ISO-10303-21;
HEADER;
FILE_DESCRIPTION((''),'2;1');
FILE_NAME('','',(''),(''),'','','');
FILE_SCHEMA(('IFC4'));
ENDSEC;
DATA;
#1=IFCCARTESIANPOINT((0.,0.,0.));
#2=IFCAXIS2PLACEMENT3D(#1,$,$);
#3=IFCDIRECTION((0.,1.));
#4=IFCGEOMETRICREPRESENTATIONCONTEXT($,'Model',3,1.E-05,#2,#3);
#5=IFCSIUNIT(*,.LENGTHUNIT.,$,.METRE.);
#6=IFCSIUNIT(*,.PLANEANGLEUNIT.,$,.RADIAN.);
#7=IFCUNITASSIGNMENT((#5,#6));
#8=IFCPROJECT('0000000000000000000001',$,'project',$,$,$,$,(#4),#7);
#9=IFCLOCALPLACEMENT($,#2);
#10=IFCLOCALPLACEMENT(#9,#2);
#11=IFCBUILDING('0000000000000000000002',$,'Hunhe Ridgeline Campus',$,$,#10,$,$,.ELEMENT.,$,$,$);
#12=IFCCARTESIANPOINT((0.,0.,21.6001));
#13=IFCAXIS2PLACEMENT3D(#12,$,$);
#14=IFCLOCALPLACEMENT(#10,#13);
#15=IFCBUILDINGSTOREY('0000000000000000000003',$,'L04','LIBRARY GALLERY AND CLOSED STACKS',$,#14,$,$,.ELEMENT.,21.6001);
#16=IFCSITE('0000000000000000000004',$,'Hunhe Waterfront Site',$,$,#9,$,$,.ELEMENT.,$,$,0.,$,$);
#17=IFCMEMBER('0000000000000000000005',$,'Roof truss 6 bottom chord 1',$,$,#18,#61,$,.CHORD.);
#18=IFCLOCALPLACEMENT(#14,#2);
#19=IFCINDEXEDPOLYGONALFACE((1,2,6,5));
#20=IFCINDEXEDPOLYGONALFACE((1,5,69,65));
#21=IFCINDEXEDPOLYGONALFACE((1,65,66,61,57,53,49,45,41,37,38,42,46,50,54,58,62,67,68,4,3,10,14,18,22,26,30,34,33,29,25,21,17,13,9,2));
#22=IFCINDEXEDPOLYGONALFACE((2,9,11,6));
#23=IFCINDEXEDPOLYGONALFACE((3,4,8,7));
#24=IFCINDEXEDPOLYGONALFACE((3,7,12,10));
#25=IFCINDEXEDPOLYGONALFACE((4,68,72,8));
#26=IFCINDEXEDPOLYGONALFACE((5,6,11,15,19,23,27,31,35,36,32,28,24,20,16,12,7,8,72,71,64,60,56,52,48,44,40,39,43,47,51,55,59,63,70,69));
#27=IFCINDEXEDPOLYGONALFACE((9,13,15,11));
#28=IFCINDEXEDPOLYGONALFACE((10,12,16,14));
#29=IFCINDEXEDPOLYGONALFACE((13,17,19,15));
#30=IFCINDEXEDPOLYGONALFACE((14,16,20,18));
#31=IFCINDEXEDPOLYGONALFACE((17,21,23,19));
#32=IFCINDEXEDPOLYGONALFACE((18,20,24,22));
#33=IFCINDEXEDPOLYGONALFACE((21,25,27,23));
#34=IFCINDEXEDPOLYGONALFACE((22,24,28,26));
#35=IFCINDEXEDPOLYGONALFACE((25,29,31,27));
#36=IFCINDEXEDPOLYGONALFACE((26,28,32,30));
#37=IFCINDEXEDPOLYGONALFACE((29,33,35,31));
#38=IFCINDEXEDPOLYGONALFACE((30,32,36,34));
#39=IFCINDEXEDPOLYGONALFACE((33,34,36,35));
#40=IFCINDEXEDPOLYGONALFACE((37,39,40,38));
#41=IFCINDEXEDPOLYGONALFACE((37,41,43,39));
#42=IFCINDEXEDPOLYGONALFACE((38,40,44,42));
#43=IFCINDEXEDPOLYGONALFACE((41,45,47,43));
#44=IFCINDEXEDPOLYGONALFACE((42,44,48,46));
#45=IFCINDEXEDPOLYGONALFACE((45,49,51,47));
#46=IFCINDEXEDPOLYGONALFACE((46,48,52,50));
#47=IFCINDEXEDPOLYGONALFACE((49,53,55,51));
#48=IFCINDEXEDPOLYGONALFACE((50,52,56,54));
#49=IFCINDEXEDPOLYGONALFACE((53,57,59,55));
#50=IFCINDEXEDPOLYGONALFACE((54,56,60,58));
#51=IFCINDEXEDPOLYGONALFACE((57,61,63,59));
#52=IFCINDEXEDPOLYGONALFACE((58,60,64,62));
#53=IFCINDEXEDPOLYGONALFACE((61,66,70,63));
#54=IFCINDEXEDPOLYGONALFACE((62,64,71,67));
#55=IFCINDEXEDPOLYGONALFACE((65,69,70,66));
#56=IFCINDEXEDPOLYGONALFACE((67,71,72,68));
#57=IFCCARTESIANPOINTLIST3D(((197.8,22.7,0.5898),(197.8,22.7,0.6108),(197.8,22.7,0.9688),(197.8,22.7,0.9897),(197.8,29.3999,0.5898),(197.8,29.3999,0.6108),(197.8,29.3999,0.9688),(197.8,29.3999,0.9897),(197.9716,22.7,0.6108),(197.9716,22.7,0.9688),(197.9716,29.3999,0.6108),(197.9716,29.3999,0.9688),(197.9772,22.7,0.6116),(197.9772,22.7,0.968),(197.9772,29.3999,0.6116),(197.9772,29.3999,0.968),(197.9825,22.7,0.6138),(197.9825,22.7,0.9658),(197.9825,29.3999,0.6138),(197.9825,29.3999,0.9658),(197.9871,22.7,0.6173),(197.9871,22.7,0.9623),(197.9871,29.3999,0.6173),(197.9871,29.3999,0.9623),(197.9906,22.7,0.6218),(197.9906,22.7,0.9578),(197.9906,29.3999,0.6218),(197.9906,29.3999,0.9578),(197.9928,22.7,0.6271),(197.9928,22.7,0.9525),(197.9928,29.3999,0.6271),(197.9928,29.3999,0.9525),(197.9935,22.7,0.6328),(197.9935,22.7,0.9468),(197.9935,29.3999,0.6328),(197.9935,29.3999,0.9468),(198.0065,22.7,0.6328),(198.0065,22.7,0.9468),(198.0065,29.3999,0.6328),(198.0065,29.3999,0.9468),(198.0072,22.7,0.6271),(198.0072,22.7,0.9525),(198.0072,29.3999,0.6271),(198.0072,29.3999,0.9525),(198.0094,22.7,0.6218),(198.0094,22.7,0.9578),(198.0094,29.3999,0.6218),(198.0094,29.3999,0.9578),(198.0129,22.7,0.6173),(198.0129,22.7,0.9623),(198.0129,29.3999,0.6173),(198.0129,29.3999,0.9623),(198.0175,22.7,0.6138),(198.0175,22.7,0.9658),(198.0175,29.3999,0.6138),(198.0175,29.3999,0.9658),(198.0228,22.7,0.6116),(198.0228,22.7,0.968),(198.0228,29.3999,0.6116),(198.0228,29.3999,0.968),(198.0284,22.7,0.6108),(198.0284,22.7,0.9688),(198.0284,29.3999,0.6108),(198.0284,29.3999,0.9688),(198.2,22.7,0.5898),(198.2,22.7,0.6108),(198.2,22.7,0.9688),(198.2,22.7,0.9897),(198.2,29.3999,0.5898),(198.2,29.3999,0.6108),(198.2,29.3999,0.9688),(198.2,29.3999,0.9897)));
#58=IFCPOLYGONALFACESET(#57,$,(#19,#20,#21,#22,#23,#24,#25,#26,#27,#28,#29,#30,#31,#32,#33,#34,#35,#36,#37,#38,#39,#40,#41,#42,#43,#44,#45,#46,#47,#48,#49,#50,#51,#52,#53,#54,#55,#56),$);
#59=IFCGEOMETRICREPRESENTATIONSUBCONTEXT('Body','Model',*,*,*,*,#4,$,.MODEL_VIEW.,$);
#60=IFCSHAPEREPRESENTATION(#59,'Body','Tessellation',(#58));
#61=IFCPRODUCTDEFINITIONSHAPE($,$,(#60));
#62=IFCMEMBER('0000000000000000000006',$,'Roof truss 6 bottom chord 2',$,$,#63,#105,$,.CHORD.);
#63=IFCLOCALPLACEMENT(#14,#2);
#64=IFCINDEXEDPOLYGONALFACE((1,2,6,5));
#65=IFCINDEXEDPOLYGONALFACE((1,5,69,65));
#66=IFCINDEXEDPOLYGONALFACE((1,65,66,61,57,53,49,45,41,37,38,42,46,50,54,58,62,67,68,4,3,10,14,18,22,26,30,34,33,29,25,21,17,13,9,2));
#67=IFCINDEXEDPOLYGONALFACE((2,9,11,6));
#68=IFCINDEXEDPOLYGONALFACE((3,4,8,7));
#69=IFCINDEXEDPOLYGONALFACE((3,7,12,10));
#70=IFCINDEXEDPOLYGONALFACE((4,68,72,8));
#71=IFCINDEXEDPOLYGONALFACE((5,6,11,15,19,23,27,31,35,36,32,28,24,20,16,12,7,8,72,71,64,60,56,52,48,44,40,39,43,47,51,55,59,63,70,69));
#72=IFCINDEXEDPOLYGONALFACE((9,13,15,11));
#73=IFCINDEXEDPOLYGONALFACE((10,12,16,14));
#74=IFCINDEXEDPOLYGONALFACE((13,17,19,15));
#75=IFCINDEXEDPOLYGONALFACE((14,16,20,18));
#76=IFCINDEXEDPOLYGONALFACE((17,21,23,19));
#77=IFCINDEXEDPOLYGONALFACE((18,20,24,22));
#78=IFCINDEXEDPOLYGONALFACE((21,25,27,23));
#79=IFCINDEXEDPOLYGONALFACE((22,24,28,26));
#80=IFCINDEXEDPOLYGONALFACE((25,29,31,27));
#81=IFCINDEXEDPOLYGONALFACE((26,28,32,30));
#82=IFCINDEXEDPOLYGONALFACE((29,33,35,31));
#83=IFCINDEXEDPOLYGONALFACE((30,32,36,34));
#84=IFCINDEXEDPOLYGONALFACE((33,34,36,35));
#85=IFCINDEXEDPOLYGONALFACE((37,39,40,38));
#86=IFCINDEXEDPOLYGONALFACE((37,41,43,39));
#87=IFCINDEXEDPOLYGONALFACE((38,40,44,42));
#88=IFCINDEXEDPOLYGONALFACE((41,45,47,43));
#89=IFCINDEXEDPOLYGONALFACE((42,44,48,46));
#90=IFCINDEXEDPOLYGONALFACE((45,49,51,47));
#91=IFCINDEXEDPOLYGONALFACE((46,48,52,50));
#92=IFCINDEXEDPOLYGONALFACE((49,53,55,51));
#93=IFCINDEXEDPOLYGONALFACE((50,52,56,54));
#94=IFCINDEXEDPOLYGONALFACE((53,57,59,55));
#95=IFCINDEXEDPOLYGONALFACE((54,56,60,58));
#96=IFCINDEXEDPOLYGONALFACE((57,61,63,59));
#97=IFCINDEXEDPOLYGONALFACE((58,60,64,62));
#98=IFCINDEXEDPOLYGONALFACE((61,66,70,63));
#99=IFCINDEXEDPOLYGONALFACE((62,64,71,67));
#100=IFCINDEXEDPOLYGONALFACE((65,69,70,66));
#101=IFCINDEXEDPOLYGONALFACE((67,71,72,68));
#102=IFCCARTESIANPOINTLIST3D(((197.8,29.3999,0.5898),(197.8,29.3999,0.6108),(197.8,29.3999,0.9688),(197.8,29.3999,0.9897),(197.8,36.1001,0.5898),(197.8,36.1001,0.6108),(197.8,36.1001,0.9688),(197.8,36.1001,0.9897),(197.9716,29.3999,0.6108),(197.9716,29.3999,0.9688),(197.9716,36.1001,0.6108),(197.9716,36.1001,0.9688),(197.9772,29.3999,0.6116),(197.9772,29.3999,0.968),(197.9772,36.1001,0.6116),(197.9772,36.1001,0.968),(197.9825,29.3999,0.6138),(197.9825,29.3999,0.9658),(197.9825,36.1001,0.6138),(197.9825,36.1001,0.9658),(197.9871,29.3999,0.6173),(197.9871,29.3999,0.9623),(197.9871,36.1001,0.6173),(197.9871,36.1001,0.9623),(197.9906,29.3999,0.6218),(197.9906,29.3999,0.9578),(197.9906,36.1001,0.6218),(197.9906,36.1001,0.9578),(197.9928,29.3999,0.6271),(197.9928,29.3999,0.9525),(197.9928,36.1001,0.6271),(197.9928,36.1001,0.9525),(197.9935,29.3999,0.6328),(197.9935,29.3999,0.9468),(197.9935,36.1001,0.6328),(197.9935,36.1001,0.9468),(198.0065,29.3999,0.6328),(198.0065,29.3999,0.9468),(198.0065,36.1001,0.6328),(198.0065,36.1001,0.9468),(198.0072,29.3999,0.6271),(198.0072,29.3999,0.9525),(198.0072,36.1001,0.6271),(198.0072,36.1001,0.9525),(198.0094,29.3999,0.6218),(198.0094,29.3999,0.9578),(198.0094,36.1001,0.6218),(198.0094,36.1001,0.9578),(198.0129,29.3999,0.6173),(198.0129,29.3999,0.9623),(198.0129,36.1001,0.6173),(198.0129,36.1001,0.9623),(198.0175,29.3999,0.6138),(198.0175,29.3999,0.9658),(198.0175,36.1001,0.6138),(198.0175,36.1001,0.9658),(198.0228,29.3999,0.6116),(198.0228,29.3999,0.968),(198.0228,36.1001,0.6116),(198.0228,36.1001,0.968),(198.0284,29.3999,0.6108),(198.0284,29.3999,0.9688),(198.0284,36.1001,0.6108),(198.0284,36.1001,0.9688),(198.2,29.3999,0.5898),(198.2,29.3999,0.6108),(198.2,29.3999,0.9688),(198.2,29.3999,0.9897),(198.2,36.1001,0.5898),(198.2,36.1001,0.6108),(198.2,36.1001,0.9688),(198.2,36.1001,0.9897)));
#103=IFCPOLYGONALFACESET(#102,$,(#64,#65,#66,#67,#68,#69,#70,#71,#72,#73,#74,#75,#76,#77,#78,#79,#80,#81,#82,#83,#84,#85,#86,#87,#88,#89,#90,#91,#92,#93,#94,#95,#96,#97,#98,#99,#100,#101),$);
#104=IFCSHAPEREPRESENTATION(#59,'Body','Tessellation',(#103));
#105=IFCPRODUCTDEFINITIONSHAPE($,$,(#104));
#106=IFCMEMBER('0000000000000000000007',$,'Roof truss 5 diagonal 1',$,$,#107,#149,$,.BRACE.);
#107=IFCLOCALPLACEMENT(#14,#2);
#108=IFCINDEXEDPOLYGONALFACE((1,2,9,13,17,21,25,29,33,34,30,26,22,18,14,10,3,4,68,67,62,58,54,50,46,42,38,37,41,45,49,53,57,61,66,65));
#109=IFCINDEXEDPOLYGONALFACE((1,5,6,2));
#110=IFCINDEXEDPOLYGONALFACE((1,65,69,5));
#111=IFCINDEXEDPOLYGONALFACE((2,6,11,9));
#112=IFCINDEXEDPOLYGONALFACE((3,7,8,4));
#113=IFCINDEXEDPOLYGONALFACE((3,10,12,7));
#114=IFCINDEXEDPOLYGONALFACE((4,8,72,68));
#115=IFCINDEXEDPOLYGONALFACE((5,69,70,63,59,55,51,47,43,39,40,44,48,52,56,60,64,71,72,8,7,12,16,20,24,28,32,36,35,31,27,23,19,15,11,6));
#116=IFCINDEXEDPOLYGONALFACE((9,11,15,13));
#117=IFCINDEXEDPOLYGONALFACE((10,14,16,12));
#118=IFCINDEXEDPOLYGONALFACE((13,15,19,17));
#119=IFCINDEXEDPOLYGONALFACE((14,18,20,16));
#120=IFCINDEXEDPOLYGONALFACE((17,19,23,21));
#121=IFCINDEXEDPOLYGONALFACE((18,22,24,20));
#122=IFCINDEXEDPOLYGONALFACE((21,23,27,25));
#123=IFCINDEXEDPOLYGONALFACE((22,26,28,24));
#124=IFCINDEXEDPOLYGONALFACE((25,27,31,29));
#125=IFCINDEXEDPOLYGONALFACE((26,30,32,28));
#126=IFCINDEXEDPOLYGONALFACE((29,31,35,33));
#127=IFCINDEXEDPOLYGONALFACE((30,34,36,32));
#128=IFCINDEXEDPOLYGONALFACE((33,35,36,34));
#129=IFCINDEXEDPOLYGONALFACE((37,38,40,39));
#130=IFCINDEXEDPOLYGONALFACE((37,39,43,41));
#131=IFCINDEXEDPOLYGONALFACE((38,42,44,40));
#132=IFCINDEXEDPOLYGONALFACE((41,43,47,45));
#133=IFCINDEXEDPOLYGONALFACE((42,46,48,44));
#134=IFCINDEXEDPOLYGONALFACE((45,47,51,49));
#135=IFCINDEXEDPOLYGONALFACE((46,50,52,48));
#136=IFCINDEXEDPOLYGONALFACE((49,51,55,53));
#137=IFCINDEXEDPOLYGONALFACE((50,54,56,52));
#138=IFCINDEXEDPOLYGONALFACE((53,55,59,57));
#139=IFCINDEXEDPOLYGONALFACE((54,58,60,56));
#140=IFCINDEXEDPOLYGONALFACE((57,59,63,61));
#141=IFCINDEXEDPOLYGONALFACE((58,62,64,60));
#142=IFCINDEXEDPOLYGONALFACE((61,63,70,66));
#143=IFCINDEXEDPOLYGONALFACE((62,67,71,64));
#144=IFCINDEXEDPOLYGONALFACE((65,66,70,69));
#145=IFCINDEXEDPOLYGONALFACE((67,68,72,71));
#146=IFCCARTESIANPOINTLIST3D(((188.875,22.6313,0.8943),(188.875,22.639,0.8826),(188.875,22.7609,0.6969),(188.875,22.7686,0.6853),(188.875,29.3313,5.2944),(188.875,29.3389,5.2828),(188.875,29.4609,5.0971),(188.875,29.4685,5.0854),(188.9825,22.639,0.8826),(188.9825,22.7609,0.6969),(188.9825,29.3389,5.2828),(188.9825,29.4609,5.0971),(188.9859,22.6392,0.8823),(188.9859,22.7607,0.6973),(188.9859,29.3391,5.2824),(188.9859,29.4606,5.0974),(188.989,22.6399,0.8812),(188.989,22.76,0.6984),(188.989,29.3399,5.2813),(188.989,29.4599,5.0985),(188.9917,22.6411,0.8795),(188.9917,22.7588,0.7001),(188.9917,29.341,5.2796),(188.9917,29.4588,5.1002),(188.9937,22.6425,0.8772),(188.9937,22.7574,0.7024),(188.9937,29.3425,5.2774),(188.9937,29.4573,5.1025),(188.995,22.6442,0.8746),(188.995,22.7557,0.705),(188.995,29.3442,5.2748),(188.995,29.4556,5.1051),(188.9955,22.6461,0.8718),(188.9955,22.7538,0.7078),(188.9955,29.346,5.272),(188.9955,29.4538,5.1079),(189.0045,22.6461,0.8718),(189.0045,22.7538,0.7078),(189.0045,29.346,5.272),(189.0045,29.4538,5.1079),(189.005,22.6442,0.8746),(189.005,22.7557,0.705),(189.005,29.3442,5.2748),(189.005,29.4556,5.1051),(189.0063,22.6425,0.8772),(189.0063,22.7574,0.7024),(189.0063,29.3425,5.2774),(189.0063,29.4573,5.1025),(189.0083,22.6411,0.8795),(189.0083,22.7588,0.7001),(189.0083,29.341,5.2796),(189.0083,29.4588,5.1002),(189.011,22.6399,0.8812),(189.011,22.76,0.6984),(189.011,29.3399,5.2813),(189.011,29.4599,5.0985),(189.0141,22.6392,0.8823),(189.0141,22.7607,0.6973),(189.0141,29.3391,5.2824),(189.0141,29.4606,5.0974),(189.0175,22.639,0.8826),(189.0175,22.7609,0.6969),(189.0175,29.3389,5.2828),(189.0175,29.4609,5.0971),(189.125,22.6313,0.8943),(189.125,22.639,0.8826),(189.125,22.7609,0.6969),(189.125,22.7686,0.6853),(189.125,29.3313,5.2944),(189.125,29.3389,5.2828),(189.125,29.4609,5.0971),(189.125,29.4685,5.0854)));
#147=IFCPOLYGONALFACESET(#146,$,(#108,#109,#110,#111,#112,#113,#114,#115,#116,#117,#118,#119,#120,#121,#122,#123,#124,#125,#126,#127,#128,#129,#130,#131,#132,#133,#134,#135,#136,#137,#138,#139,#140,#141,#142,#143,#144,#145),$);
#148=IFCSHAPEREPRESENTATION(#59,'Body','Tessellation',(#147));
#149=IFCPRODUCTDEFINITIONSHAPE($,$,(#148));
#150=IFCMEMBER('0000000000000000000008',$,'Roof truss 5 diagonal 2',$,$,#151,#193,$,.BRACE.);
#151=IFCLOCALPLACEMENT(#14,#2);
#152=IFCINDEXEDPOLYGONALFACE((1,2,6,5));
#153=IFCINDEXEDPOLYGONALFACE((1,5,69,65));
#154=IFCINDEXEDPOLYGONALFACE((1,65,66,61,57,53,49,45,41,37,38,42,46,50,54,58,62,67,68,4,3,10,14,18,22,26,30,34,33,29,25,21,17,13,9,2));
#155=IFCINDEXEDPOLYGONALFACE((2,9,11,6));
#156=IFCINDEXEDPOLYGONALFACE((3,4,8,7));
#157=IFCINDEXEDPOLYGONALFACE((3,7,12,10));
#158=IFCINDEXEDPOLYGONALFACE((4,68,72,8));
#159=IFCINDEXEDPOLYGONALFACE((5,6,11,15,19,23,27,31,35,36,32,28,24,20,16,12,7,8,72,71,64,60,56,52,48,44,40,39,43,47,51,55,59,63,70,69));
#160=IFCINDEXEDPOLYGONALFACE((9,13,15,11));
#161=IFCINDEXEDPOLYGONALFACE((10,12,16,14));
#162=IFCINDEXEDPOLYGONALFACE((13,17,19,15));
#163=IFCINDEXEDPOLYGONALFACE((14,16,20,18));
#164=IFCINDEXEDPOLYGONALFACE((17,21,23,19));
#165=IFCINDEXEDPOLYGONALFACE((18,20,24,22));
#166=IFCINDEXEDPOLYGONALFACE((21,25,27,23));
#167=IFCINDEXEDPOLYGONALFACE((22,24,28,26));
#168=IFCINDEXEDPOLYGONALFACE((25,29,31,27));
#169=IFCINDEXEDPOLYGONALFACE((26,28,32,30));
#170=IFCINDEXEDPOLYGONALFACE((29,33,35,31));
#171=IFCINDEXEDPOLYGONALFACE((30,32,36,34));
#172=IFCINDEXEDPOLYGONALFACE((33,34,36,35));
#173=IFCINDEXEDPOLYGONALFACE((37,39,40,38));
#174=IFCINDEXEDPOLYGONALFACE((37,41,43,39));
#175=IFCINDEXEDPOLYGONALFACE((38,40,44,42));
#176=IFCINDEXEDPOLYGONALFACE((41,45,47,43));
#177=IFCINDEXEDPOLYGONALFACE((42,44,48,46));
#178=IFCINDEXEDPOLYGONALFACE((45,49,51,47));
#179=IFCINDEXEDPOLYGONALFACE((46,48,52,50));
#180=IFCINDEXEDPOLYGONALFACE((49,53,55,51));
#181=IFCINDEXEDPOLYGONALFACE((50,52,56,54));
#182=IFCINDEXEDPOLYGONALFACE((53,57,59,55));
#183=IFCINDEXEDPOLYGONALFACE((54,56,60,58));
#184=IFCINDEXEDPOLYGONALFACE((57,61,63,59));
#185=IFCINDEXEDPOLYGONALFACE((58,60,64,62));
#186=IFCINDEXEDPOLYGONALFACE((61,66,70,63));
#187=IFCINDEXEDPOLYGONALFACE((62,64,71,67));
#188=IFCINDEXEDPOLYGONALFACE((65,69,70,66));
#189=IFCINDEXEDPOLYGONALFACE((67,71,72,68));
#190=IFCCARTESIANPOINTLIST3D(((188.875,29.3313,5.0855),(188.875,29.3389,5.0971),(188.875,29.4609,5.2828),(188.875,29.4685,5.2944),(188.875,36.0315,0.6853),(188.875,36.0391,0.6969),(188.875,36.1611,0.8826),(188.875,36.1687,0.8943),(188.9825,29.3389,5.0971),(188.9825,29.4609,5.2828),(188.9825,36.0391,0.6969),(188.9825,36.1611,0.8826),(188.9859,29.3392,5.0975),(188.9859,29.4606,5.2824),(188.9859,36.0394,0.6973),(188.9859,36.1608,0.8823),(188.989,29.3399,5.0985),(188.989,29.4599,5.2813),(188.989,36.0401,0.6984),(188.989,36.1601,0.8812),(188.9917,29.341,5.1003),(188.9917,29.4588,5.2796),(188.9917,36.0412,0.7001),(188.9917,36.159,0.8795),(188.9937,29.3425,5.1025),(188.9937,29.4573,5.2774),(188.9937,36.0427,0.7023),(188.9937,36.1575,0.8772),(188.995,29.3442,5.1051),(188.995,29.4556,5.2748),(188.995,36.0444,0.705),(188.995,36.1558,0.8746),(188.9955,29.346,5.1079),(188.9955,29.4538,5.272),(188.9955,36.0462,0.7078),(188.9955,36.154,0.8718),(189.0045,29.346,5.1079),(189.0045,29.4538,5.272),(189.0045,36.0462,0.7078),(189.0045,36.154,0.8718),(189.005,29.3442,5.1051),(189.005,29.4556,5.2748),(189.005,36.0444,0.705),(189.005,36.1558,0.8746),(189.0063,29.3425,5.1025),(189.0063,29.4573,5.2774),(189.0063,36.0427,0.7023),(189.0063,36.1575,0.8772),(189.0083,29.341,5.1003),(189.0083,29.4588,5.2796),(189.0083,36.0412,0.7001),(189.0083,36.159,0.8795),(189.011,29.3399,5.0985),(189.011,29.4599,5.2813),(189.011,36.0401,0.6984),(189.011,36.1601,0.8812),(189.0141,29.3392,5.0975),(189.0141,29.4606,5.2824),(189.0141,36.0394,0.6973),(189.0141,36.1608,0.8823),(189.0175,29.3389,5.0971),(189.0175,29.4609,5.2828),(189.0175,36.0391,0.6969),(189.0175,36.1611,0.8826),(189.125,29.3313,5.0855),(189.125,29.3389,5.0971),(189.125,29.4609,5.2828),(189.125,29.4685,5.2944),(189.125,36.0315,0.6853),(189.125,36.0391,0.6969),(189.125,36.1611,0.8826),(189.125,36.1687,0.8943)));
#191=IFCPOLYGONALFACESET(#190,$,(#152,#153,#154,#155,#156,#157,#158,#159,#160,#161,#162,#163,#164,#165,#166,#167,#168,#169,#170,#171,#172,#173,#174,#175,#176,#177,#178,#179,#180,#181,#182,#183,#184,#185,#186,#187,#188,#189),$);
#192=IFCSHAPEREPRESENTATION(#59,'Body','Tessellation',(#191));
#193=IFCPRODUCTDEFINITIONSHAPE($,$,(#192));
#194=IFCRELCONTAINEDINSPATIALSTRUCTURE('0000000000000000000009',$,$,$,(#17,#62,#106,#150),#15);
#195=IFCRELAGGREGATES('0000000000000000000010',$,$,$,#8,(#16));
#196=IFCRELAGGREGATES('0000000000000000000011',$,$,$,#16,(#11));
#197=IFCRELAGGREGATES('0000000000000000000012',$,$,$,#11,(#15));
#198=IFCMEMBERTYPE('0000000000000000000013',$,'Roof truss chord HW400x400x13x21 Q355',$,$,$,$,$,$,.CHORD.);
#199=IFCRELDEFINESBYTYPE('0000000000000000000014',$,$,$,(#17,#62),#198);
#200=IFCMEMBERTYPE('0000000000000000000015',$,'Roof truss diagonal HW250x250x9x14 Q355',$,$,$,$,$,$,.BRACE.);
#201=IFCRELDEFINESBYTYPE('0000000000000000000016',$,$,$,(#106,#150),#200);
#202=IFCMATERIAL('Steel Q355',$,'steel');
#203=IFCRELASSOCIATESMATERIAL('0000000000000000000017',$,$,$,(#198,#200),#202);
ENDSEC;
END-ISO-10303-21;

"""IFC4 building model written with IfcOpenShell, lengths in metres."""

from ifc_helpers import new_model, si_unit, direction, frame, origin, origin_2d, place, context, subcontext, project, spatial, i_section, extrude, material, material_profile, profile_set, type_object, element, save


model = new_model("IFC4")

# Units and contexts
model_context = context("Model", 3, precision=1e-05, world=origin(), true_north=direction((0.0, 1.0)))
body_context = subcontext(model_context, "Body", "Model", "MODEL_VIEW")
ifc_project = project(units=[si_unit("LENGTHUNIT", "METRE"), si_unit("PLANEANGLEUNIT", "RADIAN")], contexts=[model_context])

# Site, building, storey
site_placement = place(None, origin())
site = spatial("IfcSite", under=ifc_project, at=site_placement, Name="Hunhe Waterfront Site", CompositionType="ELEMENT", RefElevation=0.0)
building_placement = place(site_placement, origin())
building = spatial("IfcBuilding", under=site, at=building_placement, Name="Hunhe Ridgeline Campus", CompositionType="ELEMENT")
storey_placement = place(building_placement, frame((0.0, 0.0, 21.6001)))
storey = spatial("IfcBuildingStorey", under=building, at=storey_placement, Name="L04", Description="LIBRARY GALLERY AND CLOSED STACKS", CompositionType="ELEMENT", Elevation=21.6001)

# Members
ifc_material_1 = material(Name="Steel Q355", Category="steel")
ifc_material_profile_1 = material_profile(ifc_material_1, i_section(OverallWidth=0.3999, OverallDepth=0.3999, WebThickness=0.0129, FlangeThickness=0.021, FilletRadius=0.022, at=origin_2d()))
ifc_profile_set_1 = profile_set([ifc_material_profile_1], Name="Steel Q355")
member_type_1 = type_object("IfcMemberType", Name="Roof truss chord HW400x400x13x21 Q355", PredefinedType="CHORD", material=ifc_profile_set_1)
for number, where, z_axis, x_axis, name in (
    (1, (198.0, 22.7, 0.7898), (0.0, 1.0, 0.0), (-1.0, 0.0, 0.0), "Roof truss 6 bottom chord 1"),
):
    element("IfcMember", number, at=place(storey_placement, frame(where, z_axis=z_axis, x_axis=x_axis)), inside=storey, type_object=member_type_1, Name=name, PredefinedType="CHORD", context=body_context, shape_type="SweptSolid", body=[
        extrude(i_section(OverallWidth=0.3999, OverallDepth=0.3999, WebThickness=0.0129, FlangeThickness=0.021, FilletRadius=0.022, at=origin_2d()), origin(), (0.0, 0.0, 1.0), 6.7),
    ])
member_1_placement = place(storey_placement, frame((198.0, 29.3999, 0.7898), z_axis=(0.0, 1.0, 0.0), x_axis=(-1.0, 0.0, 0.0)))
element("IfcMember", 2, at=member_1_placement, inside=storey, type_object=member_type_1, Name="Roof truss 6 bottom chord 2", PredefinedType="CHORD", context=body_context, shape_type="SweptSolid", body=[
    extrude(i_section(OverallWidth=0.3999, OverallDepth=0.3999, WebThickness=0.0129, FlangeThickness=0.021, FilletRadius=0.022, at=origin_2d()), origin(), (0.0, 0.0, 1.0), 6.7002),
])
ifc_material_profile_2 = material_profile(ifc_material_1, i_section(OverallWidth=0.25, OverallDepth=0.25, WebThickness=0.009, FlangeThickness=0.0139, FilletRadius=0.0129, at=origin_2d()))
ifc_profile_set_2 = profile_set([ifc_material_profile_2], Name="Steel Q355")
member_type_2 = type_object("IfcMemberType", Name="Roof truss diagonal HW250x250x9x14 Q355", PredefinedType="BRACE", material=ifc_profile_set_2)
member_2_placement = place(storey_placement, frame((189.0, 22.7, 0.7898), z_axis=(0.0, 0.835859, 0.548944), x_axis=(-1.0, 0.0, 0.0)))
element("IfcMember", 3, at=member_2_placement, inside=storey, type_object=member_type_2, Name="Roof truss 5 diagonal 1", PredefinedType="BRACE", context=body_context, shape_type="SweptSolid", body=[
    extrude(i_section(OverallWidth=0.25, OverallDepth=0.25, WebThickness=0.009, FlangeThickness=0.0139, FilletRadius=0.0129, at=origin_2d()), origin(), (0.0, 0.0, 1.0), 8.0156),
])
member_3_placement = place(storey_placement, frame((189.0, 29.3999, 5.1899), z_axis=(0.0, 0.835868, -0.548931), x_axis=(-1.0, 0.0, 0.0)))
element("IfcMember", 4, at=member_3_placement, inside=storey, type_object=member_type_2, Name="Roof truss 5 diagonal 2", PredefinedType="BRACE", context=body_context, shape_type="SweptSolid", body=[
    extrude(i_section(OverallWidth=0.25, OverallDepth=0.25, WebThickness=0.009, FlangeThickness=0.0139, FilletRadius=0.0129, at=origin_2d()), origin(), (0.0, 0.0, 1.0), 8.0159),
])

save(model, "model.ifc")
